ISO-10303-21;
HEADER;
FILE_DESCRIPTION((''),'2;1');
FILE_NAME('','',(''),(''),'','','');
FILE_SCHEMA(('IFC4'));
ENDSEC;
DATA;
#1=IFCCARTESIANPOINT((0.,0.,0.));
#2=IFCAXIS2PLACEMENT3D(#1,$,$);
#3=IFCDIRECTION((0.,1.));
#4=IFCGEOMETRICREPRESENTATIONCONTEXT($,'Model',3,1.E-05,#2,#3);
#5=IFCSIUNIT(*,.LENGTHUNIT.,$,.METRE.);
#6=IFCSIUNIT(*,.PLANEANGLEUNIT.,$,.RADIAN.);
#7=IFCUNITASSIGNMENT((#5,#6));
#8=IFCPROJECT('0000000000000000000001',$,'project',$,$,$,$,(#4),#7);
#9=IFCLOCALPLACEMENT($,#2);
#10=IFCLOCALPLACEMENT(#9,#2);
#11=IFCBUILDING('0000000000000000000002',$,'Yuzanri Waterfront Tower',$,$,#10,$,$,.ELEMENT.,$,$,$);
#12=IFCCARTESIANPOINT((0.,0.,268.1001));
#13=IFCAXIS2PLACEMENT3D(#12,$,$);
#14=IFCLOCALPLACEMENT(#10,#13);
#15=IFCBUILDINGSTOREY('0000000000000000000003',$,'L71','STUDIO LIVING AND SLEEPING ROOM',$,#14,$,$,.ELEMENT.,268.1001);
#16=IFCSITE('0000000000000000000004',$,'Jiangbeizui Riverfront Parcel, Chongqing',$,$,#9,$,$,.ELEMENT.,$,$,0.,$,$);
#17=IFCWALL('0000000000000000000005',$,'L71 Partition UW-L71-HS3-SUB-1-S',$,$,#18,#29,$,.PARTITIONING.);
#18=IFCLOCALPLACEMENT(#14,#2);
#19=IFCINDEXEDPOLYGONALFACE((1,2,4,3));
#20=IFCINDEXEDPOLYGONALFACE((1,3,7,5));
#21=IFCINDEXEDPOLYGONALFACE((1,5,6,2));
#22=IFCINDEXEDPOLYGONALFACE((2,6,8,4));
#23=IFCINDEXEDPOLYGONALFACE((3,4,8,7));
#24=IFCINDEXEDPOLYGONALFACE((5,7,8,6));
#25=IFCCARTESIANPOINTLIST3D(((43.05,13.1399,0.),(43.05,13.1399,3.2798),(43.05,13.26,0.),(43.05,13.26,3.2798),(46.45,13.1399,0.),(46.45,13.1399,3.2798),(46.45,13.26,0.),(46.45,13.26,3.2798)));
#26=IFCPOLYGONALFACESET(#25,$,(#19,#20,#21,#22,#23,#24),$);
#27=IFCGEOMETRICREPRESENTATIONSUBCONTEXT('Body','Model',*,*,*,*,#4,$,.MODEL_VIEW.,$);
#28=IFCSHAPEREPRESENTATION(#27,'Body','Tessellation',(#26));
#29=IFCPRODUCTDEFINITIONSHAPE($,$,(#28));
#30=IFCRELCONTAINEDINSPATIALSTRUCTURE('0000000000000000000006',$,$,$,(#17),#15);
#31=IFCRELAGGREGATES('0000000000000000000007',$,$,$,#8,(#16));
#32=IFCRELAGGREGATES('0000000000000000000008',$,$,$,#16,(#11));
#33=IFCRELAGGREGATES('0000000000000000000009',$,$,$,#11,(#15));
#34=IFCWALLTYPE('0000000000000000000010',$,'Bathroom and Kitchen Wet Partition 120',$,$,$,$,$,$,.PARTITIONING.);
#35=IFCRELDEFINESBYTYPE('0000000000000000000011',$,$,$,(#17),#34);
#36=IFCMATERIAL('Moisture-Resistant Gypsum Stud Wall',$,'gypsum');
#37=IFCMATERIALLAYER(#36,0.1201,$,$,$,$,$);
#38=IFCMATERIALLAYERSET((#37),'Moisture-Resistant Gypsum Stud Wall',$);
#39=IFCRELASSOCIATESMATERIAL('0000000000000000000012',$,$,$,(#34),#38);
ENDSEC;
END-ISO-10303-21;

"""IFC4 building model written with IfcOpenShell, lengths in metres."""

from ifc_helpers import new_model, si_unit, direction, frame, frame_2d, origin, place, context, subcontext, project, spatial, rectangle, extrude, source, transform, mapped, material, layer, layer_set, type_object, element, save


model = new_model("IFC4")

# Units and contexts
model_context = context("Model", 3, precision=1e-05, world=origin(), true_north=direction((0.0, 1.0)))
body_context = subcontext(model_context, "Body", "Model", "MODEL_VIEW")
ifc_project = project(units=[si_unit("LENGTHUNIT", "METRE"), si_unit("PLANEANGLEUNIT", "RADIAN")], contexts=[model_context])

# Site, building, storey
site_placement = place(None, origin())
site = spatial("IfcSite", under=ifc_project, at=site_placement, Name="Jiangbeizui Riverfront Parcel, Chongqing", CompositionType="ELEMENT", RefElevation=0.0)
building_placement = place(site_placement, origin())
building = spatial("IfcBuilding", under=site, at=building_placement, Name="Yuzanri Waterfront Tower", CompositionType="ELEMENT")
storey_placement = place(building_placement, frame((0.0, 0.0, 268.1001)))
storey = spatial("IfcBuildingStorey", under=building, at=storey_placement, Name="L71", Description="STUDIO LIVING AND SLEEPING ROOM", CompositionType="ELEMENT", Elevation=268.1001)

# Shared definitions
ifc_material_1 = material(Name="Moisture-Resistant Gypsum Stud Wall", Category="gypsum")
ifc_layer_1 = layer(ifc_material_1, 0.1201)
ifc_layer_set_1 = layer_set([ifc_layer_1], Name="Moisture-Resistant Gypsum Stud Wall")
wall_type_1 = type_object("IfcWallType", Name="Bathroom and Kitchen Wet Partition 120", PredefinedType="PARTITIONING", material=ifc_layer_set_1)

# Wall
shared_shape_1 = source(origin(), body_context, "Body", "SweptSolid", [
    extrude(rectangle(XDim=3.3999, YDim=0.1201, at=frame_2d((1.7, 0.0))), origin(), (0.0, 0.0, 1.0), 3.2798),
])
wall_1_placement = place(storey_placement, frame((43.05, 13.2, 0.0), z_axis=(0.0, 0.0, 1.0), x_axis=(1.0, 0.0, 0.0)))
element("IfcWall", 1, at=wall_1_placement, inside=storey, type_object=wall_type_1, Name="L71 Partition UW-L71-HS3-SUB-1-S", PredefinedType="PARTITIONING", context=body_context, shape_type="MappedRepresentation", body=[
    mapped(shared_shape_1, transform((0.0, 0.0, 0.0), scale=1.0)),
])

save(model, "model.ifc")
